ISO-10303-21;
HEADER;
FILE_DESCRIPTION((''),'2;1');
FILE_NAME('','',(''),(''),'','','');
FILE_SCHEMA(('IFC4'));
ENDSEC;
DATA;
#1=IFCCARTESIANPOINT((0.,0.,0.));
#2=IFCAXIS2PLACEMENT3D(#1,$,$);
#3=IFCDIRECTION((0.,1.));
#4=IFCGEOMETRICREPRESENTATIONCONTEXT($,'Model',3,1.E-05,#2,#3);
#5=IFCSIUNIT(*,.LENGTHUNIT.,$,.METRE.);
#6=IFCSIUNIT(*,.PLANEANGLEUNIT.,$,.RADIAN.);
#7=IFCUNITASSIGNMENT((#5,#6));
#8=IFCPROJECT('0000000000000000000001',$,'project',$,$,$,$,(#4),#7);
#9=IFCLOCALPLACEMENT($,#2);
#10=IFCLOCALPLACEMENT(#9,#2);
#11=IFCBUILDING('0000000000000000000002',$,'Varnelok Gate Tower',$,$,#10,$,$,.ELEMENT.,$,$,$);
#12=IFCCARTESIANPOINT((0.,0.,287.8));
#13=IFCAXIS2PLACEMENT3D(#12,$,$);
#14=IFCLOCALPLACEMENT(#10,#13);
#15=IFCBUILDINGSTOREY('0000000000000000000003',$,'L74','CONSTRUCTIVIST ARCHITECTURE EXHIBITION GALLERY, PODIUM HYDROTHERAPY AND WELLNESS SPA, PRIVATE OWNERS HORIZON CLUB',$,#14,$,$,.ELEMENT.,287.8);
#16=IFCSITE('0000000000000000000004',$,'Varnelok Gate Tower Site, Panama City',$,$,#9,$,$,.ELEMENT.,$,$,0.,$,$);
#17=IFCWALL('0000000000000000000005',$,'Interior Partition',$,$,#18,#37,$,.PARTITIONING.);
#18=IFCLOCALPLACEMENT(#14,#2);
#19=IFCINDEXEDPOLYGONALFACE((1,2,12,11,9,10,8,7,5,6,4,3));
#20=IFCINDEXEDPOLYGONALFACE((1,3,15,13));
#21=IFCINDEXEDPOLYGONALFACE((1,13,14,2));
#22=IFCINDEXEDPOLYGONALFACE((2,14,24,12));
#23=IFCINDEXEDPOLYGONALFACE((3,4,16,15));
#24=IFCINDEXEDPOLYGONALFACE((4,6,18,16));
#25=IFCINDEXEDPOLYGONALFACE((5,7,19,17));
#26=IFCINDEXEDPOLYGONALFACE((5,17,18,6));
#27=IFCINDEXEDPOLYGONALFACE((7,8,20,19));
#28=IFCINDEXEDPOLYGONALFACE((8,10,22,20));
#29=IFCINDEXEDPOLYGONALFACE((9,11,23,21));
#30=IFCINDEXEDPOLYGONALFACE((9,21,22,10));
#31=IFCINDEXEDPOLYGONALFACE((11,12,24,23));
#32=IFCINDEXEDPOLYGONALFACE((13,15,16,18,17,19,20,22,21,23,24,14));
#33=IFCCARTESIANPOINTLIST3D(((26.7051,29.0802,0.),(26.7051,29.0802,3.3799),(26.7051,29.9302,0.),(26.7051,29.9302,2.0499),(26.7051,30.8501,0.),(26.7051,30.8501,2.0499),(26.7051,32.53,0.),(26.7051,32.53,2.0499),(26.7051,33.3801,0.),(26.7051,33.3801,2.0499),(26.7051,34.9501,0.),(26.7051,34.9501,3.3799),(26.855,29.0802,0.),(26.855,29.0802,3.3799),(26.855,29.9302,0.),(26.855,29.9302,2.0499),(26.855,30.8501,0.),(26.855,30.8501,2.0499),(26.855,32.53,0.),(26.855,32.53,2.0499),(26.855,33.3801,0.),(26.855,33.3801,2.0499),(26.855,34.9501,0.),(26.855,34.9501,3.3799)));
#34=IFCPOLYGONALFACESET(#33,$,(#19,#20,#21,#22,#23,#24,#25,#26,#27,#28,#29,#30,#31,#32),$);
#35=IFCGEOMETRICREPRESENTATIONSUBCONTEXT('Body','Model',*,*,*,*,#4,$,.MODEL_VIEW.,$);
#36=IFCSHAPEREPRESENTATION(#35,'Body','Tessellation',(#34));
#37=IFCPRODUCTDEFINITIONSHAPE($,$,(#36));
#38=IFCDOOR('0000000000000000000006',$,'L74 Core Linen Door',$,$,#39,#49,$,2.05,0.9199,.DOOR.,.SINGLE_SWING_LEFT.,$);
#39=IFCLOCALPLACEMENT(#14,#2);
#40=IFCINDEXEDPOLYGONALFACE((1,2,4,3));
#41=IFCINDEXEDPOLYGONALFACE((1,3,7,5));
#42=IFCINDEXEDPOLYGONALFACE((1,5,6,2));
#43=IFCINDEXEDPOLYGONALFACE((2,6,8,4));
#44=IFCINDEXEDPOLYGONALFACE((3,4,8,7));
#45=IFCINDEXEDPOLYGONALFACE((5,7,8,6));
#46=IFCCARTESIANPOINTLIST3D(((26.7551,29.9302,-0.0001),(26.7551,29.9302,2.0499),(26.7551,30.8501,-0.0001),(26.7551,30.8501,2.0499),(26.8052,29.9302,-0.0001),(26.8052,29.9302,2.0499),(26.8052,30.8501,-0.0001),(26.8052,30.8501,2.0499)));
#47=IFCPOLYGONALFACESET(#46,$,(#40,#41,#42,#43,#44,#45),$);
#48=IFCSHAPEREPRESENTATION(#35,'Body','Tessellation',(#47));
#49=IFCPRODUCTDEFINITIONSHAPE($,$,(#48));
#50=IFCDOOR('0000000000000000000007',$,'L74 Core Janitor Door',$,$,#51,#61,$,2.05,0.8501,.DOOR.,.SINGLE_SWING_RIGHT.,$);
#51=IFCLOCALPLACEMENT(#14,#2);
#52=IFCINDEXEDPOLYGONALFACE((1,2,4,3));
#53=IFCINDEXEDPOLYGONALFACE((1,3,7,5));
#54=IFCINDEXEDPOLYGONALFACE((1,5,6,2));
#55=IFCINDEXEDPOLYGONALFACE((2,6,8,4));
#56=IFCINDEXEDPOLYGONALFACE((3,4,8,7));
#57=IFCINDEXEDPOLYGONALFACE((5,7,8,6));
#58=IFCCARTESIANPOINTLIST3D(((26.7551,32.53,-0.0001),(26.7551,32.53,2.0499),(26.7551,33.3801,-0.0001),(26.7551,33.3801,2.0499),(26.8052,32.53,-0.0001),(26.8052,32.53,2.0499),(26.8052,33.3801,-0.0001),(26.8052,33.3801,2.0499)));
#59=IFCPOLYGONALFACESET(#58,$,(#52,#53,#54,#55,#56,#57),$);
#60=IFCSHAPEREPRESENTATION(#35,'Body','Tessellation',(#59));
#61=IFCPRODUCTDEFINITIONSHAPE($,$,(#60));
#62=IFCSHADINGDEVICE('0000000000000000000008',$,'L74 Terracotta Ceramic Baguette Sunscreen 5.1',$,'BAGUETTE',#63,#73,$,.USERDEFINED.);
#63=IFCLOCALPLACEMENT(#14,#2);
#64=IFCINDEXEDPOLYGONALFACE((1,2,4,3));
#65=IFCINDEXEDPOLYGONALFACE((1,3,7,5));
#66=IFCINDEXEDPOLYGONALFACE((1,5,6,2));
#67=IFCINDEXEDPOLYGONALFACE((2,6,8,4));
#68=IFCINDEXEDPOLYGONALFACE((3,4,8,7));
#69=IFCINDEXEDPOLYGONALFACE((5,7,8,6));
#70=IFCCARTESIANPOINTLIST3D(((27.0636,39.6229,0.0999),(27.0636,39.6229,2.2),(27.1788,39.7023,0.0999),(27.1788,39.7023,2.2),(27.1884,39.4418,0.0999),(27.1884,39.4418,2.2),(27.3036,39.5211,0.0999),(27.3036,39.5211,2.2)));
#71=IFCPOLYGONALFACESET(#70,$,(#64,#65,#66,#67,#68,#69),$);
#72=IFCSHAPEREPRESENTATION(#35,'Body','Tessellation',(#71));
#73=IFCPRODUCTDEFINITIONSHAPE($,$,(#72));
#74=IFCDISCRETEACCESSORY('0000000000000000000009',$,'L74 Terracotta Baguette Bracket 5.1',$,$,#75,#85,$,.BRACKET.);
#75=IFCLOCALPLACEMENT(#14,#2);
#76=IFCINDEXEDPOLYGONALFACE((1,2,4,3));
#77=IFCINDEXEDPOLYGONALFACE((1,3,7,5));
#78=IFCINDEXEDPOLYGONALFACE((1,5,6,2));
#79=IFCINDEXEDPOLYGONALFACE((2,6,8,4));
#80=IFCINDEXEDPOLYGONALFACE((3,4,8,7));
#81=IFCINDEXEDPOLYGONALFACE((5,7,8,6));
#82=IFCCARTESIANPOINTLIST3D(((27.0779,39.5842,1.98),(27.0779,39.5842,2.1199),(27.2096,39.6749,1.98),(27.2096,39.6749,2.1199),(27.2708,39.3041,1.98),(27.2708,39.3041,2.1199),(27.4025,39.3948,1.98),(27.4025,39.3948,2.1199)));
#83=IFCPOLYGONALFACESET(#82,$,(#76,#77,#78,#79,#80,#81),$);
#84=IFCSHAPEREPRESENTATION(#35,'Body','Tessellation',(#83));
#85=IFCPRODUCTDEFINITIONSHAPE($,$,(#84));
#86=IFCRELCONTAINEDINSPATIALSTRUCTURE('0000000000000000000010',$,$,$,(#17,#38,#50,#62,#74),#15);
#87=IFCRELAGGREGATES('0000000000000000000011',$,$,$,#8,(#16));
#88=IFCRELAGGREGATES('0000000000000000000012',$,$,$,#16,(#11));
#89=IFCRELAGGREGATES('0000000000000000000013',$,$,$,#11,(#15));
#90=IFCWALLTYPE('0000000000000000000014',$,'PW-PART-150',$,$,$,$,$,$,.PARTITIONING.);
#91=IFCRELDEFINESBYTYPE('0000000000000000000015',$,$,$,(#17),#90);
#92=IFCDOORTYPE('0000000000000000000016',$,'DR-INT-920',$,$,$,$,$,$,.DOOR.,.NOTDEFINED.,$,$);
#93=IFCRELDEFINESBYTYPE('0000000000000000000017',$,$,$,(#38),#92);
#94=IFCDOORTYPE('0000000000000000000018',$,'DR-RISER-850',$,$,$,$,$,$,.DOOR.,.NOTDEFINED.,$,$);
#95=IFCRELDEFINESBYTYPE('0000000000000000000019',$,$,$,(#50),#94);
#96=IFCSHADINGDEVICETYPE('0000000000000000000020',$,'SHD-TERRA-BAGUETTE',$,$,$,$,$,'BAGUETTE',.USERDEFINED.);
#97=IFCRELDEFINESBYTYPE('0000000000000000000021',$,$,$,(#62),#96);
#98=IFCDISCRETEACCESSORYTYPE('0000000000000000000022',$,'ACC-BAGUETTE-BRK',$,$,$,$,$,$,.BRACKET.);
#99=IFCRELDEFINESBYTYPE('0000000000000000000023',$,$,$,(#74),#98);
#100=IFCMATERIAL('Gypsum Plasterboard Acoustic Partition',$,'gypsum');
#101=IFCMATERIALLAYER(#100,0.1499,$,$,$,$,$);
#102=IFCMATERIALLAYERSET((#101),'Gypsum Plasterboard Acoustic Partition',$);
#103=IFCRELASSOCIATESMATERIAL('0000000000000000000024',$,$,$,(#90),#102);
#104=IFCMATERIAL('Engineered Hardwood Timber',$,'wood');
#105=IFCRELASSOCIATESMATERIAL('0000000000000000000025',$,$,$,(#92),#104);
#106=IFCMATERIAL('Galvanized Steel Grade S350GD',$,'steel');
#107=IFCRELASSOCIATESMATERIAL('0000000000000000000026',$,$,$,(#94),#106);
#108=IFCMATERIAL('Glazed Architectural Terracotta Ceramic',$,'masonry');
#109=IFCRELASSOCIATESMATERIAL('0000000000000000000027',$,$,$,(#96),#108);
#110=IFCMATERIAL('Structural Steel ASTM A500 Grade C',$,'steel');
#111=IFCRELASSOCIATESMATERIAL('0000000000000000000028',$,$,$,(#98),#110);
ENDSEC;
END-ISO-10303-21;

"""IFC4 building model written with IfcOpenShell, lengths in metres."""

from ifc_helpers import new_model, si_unit, direction, frame, frame_2d, origin, origin_2d, place, context, subcontext, project, spatial, rectangle, extrude, source, transform, mapped, material, layer, layer_set, type_object, element, fill, save


model = new_model("IFC4")

# Units and contexts
model_context = context("Model", 3, precision=1e-05, world=origin(), true_north=direction((0.0, 1.0)))
body_context = subcontext(model_context, "Body", "Model", "MODEL_VIEW")
ifc_project = project(units=[si_unit("LENGTHUNIT", "METRE"), si_unit("PLANEANGLEUNIT", "RADIAN")], contexts=[model_context])

# Site, building, storey
site_placement = place(None, origin())
site = spatial("IfcSite", under=ifc_project, at=site_placement, Name="Varnelok Gate Tower Site, Panama City", CompositionType="ELEMENT", RefElevation=0.0)
building_placement = place(site_placement, origin())
building = spatial("IfcBuilding", under=site, at=building_placement, Name="Varnelok Gate Tower", CompositionType="ELEMENT")
storey_placement = place(building_placement, frame((0.0, 0.0, 287.8)))
storey = spatial("IfcBuildingStorey", under=building, at=storey_placement, Name="L74", Description="CONSTRUCTIVIST ARCHITECTURE EXHIBITION GALLERY, PODIUM HYDROTHERAPY AND WELLNESS SPA, PRIVATE OWNERS HORIZON CLUB", CompositionType="ELEMENT", Elevation=287.8)

# Shared definitions
ifc_material_1 = material(Name="Gypsum Plasterboard Acoustic Partition", Category="gypsum")

# Shared definitions
ifc_material_2 = material(Name="Engineered Hardwood Timber", Category="wood")

# Shared definitions
ifc_layer_1 = layer(ifc_material_1, 0.1499)
ifc_layer_set_1 = layer_set([ifc_layer_1], Name="Gypsum Plasterboard Acoustic Partition")
wall_type_1 = type_object("IfcWallType", Name="PW-PART-150", PredefinedType="PARTITIONING", material=ifc_layer_set_1)

# Wall, openings, doors
wall_1_placement = place(storey_placement, frame((26.78, 29.0801, 0.0), z_axis=(0.0, 0.0, 1.0), x_axis=(0.0, 1.0, 0.0)))
wall_1 = element("IfcWall", 1, at=wall_1_placement, inside=storey, type_object=wall_type_1, Name="Interior Partition", PredefinedType="PARTITIONING", context=body_context, shape_type="SweptSolid", body=[
    extrude(rectangle(XDim=5.8699, YDim=0.1499, at=frame_2d((2.9351, 0.0))), origin(), (0.0, 0.0, 1.0), 3.3799),
])
opening_1_placement = place(wall_1_placement, frame((0.8501, 0.0, 0.0)))
opening_1 = element("IfcOpeningElement", 2, at=opening_1_placement, cuts=wall_1, PredefinedType="OPENING", context=body_context, shape_type="SweptSolid", body=[
    extrude(rectangle(XDim=0.9199, YDim=2.05, at=frame_2d((0.46, 1.0249))), frame((0.0, 0.085, 0.0), z_axis=(0.0, -1.0, 0.0), x_axis=(1.0, 0.0, 0.0)), (0.0, 0.0, 1.0), 0.1699),
])
opening_2_placement = place(wall_1_placement, frame((3.45, 0.0, 0.0)))
opening_2 = element("IfcOpeningElement", 3, at=opening_2_placement, cuts=wall_1, PredefinedType="OPENING", context=body_context, shape_type="SweptSolid", body=[
    extrude(rectangle(XDim=0.8501, YDim=2.05, at=frame_2d((0.425, 1.0249))), frame((0.0, 0.085, 0.0), z_axis=(0.0, -1.0, 0.0), x_axis=(1.0, 0.0, 0.0)), (0.0, 0.0, 1.0), 0.1699),
])
door_type_1 = type_object("IfcDoorType", Name="DR-INT-920", OperationType="NOTDEFINED", PredefinedType="DOOR", material=ifc_material_2)
door_1_placement = place(opening_1_placement, origin())
door_1 = element("IfcDoor", 4, at=door_1_placement, inside=storey, type_object=door_type_1, Name="L74 Core Linen Door", OperationType="SINGLE_SWING_LEFT", OverallHeight=2.05, OverallWidth=0.9199, PredefinedType="DOOR", context=body_context, shape_type="SweptSolid", body=[
    extrude(rectangle(XDim=0.9199, YDim=2.05, at=frame_2d((0.46, 1.0249))), frame((0.0, 0.0249, 0.0), z_axis=(0.0, -1.0, 0.0), x_axis=(1.0, 0.0, 0.0)), (0.0, 0.0, 1.0), 0.05),
])
fill(opening_1, door_1)
ifc_material_3 = material(Name="Galvanized Steel Grade S350GD", Category="steel")
door_type_2 = type_object("IfcDoorType", Name="DR-RISER-850", OperationType="NOTDEFINED", PredefinedType="DOOR", material=ifc_material_3)
door_2_placement = place(opening_2_placement, origin())
door_2 = element("IfcDoor", 5, at=door_2_placement, inside=storey, type_object=door_type_2, Name="L74 Core Janitor Door", OperationType="SINGLE_SWING_RIGHT", OverallHeight=2.05, OverallWidth=0.8501, PredefinedType="DOOR", context=body_context, shape_type="SweptSolid", body=[
    extrude(rectangle(XDim=0.8501, YDim=2.05, at=frame_2d((0.425, 1.0249))), frame((0.0, 0.0249, 0.0), z_axis=(0.0, -1.0, 0.0), x_axis=(1.0, 0.0, 0.0)), (0.0, 0.0, 1.0), 0.05),
])
fill(opening_2, door_2)

# Shading device
ifc_material_4 = material(Name="Glazed Architectural Terracotta Ceramic", Category="masonry")
shading_device_type = type_object("IfcShadingDeviceType", Name="SHD-TERRA-BAGUETTE", ElementType="BAGUETTE", PredefinedType="USERDEFINED", material=ifc_material_4)
shared_shape_1 = source(origin(), body_context, "Body", "SweptSolid", [
    extrude(rectangle(XDim=0.1399, YDim=0.22, at=origin_2d()), origin(), (0.0, 0.0, 1.0), 2.1001),
])
shading_device_placement = place(storey_placement, frame((27.1836, 39.572, 0.0999), z_axis=(0.0, 0.0, 1.0), x_axis=(0.823533, 0.567269, 0.0)))
element("IfcShadingDevice", 6, at=shading_device_placement, inside=storey, type_object=shading_device_type, Name="L74 Terracotta Ceramic Baguette Sunscreen 5.1", ObjectType="BAGUETTE", PredefinedType="USERDEFINED", context=body_context, shape_type="MappedRepresentation", body=[
    mapped(shared_shape_1, transform((0.0, 0.0, 0.0), scale=1.0)),
])

# Discrete accessory
ifc_material_5 = material(Name="Structural Steel ASTM A500 Grade C", Category="steel")
discrete_accessory_type = type_object("IfcDiscreteAccessoryType", Name="ACC-BAGUETTE-BRK", PredefinedType="BRACKET", material=ifc_material_5)
shared_shape_2 = source(origin(), body_context, "Body", "SweptSolid", [
    extrude(rectangle(XDim=0.1599, YDim=0.3401, at=origin_2d()), origin(), (0.0, 0.0, 1.0), 0.1399),
])
discrete_accessory_placement = place(storey_placement, frame((27.2402, 39.4895, 1.98), z_axis=(0.0, 0.0, 1.0), x_axis=(0.823533, 0.567269, 0.0)))
element("IfcDiscreteAccessory", 7, at=discrete_accessory_placement, inside=storey, type_object=discrete_accessory_type, Name="L74 Terracotta Baguette Bracket 5.1", PredefinedType="BRACKET", context=body_context, shape_type="MappedRepresentation", body=[
    mapped(shared_shape_2, transform((0.0, 0.0, 0.0), scale=1.0)),
])

save(model, "model.ifc")
